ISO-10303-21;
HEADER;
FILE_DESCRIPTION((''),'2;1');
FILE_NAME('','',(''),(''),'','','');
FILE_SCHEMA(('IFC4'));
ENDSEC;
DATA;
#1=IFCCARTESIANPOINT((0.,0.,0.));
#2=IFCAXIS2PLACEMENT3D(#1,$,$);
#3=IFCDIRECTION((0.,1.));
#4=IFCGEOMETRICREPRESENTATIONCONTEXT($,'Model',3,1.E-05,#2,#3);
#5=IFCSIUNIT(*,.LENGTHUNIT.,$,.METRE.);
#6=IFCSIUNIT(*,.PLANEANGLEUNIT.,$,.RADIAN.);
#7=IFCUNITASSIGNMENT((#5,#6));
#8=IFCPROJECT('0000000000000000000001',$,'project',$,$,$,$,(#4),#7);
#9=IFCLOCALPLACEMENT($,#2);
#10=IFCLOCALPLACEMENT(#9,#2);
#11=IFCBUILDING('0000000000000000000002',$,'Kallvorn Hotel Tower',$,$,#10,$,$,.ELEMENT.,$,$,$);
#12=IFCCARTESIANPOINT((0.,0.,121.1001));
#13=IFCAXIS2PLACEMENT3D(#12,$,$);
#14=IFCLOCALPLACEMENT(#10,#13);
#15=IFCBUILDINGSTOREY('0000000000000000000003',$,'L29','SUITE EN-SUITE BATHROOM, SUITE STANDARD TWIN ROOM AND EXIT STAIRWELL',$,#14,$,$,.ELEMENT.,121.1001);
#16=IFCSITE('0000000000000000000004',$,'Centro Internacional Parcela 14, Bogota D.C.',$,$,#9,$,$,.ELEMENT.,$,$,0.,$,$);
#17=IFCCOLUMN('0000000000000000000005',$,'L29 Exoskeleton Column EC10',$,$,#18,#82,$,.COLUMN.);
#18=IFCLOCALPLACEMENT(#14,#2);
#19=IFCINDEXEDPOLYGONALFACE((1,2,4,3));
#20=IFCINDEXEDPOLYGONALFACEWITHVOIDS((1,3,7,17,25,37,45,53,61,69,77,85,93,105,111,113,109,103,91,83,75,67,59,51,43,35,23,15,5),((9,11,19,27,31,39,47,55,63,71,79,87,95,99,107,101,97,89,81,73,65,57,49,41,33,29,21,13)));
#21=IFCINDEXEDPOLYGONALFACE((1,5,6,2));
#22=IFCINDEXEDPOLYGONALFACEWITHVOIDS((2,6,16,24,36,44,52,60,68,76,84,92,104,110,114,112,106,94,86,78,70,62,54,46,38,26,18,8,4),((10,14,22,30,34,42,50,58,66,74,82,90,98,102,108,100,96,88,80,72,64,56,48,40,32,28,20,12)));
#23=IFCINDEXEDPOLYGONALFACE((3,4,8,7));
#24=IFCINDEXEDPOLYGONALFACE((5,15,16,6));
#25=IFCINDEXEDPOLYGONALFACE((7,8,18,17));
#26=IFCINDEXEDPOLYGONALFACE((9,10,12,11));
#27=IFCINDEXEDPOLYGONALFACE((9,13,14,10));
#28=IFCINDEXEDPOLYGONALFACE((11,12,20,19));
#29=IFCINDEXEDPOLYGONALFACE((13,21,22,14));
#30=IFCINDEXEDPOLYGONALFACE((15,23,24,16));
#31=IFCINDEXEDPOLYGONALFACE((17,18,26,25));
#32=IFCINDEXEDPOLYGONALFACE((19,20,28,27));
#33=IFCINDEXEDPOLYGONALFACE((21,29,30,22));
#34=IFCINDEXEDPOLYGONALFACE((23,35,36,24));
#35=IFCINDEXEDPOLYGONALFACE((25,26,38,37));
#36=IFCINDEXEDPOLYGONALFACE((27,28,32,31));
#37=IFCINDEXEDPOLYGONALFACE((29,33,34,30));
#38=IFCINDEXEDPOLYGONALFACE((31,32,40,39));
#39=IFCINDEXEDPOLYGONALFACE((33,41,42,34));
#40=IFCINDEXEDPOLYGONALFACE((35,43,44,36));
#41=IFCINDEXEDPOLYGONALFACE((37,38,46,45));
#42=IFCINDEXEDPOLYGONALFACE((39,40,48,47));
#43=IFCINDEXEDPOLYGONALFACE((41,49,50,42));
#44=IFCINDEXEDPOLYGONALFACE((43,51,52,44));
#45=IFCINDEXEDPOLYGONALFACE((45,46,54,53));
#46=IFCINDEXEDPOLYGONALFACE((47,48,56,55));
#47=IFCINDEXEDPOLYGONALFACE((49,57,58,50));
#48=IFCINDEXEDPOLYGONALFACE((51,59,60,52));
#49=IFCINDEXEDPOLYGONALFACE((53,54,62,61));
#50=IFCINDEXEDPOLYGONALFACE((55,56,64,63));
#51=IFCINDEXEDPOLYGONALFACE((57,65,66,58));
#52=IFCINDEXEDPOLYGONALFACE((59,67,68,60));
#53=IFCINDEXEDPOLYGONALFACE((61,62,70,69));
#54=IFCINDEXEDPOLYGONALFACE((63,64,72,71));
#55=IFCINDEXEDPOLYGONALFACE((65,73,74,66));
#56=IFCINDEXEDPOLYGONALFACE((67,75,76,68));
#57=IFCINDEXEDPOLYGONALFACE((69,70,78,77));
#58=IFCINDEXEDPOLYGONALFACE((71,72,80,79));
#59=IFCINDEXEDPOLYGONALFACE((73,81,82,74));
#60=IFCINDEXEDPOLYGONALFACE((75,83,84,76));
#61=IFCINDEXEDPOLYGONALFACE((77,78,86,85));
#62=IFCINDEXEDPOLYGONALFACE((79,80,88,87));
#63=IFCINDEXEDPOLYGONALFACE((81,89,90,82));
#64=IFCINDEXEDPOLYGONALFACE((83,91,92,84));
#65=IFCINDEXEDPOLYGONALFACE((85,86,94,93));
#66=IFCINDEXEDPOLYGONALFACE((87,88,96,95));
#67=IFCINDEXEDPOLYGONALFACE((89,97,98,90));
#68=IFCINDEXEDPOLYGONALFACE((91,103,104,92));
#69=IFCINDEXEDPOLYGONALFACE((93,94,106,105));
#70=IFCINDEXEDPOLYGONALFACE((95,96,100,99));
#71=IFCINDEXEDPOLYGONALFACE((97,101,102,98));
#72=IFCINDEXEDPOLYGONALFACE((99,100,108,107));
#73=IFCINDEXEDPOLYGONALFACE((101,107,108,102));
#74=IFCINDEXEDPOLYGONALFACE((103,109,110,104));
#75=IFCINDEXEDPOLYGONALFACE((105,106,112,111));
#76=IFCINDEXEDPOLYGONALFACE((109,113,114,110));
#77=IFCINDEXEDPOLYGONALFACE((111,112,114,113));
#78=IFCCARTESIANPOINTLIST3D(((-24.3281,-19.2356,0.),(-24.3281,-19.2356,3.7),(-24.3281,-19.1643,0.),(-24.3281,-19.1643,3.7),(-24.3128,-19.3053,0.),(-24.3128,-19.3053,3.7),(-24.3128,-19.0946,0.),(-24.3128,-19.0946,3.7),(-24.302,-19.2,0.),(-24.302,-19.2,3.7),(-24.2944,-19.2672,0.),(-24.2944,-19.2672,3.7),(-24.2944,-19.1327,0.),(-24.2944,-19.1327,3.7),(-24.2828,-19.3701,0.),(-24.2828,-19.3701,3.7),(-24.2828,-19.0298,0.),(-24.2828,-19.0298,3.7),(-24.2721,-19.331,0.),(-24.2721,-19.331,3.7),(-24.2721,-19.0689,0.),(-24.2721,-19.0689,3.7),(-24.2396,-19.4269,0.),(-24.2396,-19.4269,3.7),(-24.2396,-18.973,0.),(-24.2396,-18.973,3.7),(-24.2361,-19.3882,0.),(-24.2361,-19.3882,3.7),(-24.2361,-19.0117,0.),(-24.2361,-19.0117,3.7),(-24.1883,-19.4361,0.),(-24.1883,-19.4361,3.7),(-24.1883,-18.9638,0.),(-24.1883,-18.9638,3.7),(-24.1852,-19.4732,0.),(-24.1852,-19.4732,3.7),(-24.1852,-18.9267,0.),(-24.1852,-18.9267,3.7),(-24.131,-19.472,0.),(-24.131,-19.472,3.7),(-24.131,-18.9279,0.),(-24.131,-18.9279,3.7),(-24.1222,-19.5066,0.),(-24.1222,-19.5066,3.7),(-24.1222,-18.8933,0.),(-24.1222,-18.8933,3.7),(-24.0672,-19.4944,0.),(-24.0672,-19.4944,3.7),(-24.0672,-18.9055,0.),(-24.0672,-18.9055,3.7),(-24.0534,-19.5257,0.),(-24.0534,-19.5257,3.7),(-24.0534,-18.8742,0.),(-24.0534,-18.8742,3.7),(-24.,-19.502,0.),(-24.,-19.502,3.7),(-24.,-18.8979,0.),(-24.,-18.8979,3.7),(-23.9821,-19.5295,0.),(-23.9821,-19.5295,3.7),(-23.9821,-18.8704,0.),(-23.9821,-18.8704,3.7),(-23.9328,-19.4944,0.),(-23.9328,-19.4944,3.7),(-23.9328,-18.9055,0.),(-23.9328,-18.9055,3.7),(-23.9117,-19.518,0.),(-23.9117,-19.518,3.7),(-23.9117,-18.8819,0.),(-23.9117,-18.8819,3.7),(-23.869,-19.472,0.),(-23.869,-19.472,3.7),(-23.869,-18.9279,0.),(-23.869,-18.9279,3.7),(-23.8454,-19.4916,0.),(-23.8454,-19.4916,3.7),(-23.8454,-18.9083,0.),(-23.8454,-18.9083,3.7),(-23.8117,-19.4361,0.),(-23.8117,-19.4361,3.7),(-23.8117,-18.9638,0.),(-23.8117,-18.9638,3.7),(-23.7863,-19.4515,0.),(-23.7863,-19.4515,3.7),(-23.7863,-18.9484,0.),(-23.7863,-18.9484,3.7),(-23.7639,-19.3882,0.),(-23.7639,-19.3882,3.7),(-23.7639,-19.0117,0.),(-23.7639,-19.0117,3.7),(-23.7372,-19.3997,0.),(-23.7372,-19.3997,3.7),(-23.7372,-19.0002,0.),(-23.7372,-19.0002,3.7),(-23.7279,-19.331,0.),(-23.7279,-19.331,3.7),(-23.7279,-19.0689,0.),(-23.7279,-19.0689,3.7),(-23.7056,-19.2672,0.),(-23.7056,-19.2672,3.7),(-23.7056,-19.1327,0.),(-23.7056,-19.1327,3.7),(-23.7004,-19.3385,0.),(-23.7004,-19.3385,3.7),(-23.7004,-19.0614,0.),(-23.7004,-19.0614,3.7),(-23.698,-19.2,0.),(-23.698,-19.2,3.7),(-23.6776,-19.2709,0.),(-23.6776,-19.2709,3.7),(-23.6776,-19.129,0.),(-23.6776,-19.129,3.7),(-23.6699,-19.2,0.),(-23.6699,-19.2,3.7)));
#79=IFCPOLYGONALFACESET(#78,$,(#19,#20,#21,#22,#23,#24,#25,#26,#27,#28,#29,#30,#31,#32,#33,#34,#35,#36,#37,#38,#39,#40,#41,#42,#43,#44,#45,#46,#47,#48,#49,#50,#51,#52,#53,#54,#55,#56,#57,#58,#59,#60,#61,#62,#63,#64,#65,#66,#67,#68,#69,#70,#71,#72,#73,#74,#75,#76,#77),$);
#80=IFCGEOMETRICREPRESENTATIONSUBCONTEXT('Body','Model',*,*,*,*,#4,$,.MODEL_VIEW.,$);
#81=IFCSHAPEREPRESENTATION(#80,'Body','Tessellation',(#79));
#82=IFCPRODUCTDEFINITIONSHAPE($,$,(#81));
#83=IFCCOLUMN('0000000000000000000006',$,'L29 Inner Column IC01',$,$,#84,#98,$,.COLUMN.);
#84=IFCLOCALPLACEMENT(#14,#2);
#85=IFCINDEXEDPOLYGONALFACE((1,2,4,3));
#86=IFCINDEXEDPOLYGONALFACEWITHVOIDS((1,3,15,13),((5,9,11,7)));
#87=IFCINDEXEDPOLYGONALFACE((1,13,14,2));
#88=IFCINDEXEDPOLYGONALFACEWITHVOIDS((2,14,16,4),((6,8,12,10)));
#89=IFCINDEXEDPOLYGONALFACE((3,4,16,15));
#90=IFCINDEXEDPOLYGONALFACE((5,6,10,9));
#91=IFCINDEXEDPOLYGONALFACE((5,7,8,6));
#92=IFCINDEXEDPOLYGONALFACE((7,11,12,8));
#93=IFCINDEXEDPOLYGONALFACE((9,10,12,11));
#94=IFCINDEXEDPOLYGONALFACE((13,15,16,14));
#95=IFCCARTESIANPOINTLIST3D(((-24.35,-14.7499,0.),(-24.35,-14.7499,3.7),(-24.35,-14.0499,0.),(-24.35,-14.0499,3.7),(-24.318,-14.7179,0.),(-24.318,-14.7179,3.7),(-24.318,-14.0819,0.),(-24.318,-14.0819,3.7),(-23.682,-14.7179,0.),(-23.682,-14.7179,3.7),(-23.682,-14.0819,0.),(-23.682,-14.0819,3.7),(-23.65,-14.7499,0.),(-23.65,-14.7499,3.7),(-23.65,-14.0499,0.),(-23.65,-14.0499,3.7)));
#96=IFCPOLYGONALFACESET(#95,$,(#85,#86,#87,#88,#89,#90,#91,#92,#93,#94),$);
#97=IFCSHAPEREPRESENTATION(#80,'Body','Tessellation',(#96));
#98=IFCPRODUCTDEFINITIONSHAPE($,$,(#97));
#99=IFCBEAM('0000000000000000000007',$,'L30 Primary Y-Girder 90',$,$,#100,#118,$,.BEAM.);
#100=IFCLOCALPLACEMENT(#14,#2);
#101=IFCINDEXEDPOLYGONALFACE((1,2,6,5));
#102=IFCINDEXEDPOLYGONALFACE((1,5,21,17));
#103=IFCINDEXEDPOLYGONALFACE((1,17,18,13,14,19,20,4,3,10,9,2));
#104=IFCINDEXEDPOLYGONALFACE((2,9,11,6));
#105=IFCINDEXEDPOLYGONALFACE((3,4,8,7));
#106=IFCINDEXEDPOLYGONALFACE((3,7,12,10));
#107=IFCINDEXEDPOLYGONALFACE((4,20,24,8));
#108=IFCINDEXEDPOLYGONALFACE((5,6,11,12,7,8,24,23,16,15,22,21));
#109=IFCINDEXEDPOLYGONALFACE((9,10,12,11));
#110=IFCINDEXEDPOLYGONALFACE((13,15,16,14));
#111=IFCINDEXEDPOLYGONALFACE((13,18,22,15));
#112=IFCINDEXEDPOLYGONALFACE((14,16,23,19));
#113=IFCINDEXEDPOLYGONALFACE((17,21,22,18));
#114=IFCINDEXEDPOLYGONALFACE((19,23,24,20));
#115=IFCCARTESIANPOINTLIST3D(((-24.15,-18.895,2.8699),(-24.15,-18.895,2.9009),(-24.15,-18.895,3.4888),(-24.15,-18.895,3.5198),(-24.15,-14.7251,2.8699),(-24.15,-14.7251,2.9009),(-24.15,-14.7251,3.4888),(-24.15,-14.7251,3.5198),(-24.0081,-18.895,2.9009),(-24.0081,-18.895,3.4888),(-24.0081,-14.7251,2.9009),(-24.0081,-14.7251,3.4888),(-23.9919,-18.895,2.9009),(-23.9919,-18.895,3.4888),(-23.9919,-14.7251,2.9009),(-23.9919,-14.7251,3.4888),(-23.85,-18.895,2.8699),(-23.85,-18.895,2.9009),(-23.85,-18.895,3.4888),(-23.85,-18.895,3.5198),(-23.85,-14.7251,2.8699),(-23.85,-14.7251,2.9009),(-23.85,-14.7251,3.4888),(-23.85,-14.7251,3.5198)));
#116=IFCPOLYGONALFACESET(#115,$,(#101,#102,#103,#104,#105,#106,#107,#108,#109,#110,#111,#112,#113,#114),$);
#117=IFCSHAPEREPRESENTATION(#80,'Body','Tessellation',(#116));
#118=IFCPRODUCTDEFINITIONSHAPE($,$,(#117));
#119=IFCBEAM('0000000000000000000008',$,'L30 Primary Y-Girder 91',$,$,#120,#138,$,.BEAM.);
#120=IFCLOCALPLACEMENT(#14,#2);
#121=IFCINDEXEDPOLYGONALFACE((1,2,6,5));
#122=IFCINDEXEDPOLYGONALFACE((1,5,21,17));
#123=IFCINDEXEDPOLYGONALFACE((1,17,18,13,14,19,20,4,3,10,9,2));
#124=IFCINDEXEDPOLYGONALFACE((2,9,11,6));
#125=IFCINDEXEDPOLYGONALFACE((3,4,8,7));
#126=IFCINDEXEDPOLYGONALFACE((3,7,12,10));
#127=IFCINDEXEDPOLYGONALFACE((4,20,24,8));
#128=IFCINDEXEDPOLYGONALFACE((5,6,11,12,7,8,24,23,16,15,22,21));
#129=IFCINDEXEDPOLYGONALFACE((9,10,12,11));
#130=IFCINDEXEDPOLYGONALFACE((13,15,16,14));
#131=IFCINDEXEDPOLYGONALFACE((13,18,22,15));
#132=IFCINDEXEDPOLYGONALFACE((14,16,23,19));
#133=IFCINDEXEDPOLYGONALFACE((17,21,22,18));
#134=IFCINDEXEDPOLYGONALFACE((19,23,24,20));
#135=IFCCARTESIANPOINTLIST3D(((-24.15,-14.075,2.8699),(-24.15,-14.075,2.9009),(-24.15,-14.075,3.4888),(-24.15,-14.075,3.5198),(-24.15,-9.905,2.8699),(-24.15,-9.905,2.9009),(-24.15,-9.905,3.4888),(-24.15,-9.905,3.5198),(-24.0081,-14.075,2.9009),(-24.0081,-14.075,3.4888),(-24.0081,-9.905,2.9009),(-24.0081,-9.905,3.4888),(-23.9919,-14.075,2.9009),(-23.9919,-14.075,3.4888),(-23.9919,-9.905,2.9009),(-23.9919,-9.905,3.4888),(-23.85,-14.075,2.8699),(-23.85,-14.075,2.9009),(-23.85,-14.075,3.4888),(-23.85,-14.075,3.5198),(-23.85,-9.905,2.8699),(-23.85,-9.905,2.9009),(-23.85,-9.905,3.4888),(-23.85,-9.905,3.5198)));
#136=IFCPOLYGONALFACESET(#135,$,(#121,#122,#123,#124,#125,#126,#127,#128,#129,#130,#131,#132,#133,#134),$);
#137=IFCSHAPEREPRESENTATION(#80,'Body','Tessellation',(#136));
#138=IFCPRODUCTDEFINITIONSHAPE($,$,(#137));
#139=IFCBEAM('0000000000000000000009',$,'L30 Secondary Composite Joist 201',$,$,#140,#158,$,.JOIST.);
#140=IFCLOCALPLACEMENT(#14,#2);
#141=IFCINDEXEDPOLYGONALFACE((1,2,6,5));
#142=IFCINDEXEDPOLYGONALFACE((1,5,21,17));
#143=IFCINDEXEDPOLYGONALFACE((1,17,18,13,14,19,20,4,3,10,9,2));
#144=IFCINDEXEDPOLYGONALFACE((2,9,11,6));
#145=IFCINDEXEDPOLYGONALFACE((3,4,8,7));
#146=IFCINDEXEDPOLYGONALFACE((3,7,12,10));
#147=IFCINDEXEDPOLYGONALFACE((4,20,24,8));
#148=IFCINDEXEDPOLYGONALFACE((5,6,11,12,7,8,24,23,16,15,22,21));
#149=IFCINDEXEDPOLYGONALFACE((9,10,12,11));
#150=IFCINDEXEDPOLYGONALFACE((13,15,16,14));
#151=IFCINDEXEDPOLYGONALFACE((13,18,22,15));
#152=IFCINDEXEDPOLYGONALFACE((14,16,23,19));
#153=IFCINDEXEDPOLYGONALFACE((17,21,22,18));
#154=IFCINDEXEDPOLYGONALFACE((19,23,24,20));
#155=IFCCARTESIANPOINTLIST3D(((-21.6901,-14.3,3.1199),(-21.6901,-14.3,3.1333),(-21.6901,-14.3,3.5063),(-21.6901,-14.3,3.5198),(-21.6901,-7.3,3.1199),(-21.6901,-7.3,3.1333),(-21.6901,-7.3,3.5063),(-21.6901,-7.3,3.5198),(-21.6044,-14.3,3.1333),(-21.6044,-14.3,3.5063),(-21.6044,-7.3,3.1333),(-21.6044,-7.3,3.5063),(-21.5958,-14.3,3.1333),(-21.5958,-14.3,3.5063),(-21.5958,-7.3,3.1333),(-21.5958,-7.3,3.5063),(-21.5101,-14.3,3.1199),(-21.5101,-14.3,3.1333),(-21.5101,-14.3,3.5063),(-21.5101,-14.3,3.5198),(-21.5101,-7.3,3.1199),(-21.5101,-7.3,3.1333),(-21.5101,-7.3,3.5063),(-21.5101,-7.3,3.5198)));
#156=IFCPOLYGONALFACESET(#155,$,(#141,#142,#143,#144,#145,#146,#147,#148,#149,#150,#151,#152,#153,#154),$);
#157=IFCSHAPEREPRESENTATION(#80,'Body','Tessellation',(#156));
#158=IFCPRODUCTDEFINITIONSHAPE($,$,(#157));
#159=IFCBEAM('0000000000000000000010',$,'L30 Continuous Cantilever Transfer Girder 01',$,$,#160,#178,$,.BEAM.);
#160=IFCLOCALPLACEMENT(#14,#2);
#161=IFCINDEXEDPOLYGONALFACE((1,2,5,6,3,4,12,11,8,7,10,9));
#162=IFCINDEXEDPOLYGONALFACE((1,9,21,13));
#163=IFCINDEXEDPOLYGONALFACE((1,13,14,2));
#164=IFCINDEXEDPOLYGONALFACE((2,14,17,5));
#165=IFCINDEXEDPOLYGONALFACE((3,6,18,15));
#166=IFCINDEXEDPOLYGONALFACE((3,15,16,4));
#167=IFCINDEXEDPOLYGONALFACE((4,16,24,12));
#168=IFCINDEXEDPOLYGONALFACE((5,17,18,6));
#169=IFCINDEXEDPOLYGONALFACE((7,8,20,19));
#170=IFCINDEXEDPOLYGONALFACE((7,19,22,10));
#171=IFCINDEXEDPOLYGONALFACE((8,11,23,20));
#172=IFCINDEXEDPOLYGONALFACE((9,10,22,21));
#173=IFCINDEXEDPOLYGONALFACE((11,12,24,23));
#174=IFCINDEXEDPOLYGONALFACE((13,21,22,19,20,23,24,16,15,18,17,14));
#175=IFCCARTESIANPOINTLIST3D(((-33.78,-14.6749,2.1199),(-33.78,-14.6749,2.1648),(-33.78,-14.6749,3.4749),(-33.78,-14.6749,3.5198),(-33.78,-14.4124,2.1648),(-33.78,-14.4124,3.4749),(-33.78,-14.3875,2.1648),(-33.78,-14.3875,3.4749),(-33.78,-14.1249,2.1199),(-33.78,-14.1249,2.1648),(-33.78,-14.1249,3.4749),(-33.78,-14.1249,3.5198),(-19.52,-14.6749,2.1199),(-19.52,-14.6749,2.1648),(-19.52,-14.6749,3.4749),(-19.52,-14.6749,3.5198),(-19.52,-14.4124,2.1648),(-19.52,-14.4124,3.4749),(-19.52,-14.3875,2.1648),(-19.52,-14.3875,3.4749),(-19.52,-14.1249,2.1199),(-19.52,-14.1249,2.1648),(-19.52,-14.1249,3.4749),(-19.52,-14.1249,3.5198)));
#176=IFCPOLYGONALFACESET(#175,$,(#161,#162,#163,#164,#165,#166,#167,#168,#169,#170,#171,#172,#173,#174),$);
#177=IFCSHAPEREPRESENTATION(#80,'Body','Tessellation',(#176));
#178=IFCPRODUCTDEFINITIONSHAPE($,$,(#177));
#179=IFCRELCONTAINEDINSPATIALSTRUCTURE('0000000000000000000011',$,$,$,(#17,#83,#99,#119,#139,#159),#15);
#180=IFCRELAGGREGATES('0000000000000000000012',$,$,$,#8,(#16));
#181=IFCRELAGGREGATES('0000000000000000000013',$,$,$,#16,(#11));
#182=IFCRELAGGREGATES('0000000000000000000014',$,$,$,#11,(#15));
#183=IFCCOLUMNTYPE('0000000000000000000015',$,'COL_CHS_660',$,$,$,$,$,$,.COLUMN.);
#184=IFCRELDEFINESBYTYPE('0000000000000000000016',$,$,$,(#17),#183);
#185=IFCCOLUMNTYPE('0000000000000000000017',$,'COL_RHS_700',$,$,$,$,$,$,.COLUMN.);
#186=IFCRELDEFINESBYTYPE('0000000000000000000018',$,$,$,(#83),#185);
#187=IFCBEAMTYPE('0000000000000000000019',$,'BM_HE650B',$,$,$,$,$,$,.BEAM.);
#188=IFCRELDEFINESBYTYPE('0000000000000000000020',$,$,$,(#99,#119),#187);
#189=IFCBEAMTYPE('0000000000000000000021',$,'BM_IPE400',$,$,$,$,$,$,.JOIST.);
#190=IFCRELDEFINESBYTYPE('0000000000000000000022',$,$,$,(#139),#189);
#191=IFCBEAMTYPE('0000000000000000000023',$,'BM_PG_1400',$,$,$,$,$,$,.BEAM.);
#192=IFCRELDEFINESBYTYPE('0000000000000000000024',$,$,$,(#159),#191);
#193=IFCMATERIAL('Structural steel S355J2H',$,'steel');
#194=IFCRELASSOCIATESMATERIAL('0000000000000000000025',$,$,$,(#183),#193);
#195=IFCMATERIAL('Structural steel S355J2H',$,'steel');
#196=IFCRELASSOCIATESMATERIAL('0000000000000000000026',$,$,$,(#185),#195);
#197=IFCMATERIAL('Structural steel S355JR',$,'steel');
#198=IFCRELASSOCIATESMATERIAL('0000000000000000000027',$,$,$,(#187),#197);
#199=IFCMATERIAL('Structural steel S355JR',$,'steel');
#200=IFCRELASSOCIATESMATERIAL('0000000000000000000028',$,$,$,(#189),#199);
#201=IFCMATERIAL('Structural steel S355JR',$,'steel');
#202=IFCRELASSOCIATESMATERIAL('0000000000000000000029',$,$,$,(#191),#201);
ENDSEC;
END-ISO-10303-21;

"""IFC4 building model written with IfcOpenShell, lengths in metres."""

from ifc_helpers import new_model, si_unit, direction, frame, origin, origin_2d, place, context, subcontext, project, spatial, hollow_rectangle, hollow_circle, i_section, extrude, material, material_profile, profile_set, type_object, element, save


model = new_model("IFC4")

# Units and contexts
model_context = context("Model", 3, precision=1e-05, world=origin(), true_north=direction((0.0, 1.0)))
body_context = subcontext(model_context, "Body", "Model", "MODEL_VIEW")
ifc_project = project(units=[si_unit("LENGTHUNIT", "METRE"), si_unit("PLANEANGLEUNIT", "RADIAN")], contexts=[model_context])

# Site, building, storey
site_placement = place(None, origin())
site = spatial("IfcSite", under=ifc_project, at=site_placement, Name="Centro Internacional Parcela 14, Bogota D.C.", CompositionType="ELEMENT", RefElevation=0.0)
building_placement = place(site_placement, origin())
building = spatial("IfcBuilding", under=site, at=building_placement, Name="Kallvorn Hotel Tower", CompositionType="ELEMENT")
storey_placement = place(building_placement, frame((0.0, 0.0, 121.1001)))
storey = spatial("IfcBuildingStorey", under=building, at=storey_placement, Name="L29", Description="SUITE EN-SUITE BATHROOM, SUITE STANDARD TWIN ROOM AND EXIT STAIRWELL", CompositionType="ELEMENT", Elevation=121.1001)

# Columns
ifc_material_1 = material(Name="Structural steel S355J2H", Category="steel")
ifc_material_profile_1 = material_profile(ifc_material_1, hollow_circle(Radius=0.3301, WallThickness=0.0281, at=origin_2d()), Name="CHS 660x28")
ifc_profile_set_1 = profile_set([ifc_material_profile_1], Name="Structural steel S355J2H")
column_type_1 = type_object("IfcColumnType", Name="COL_CHS_660", PredefinedType="COLUMN", material=ifc_profile_set_1)
column_1_placement = place(storey_placement, frame((-24.0, -19.2, 0.0), z_axis=(0.0, 0.0, 1.0), x_axis=(1.0, 0.0, 0.0)))
element("IfcColumn", 1, at=column_1_placement, inside=storey, type_object=column_type_1, Name="L29 Exoskeleton Column EC10", PredefinedType="COLUMN", context=body_context, shape_type="SweptSolid", body=[
    extrude(hollow_circle(Radius=0.3301, WallThickness=0.0281, at=origin_2d()), origin(), (0.0, 0.0, 1.0), 3.7),
])
ifc_material_2 = material(Name="Structural steel S355J2H", Category="steel")
ifc_material_profile_2 = material_profile(ifc_material_2, hollow_rectangle(XDim=0.7, YDim=0.7, WallThickness=0.032, at=origin_2d()), Name="RHS 700x700x32")
ifc_profile_set_2 = profile_set([ifc_material_profile_2], Name="Structural steel S355J2H")
column_type_2 = type_object("IfcColumnType", Name="COL_RHS_700", PredefinedType="COLUMN", material=ifc_profile_set_2)
column_2_placement = place(storey_placement, frame((-24.0, -14.3999, 0.0), z_axis=(0.0, 0.0, 1.0), x_axis=(1.0, 0.0, 0.0)))
element("IfcColumn", 2, at=column_2_placement, inside=storey, type_object=column_type_2, Name="L29 Inner Column IC01", PredefinedType="COLUMN", context=body_context, shape_type="SweptSolid", body=[
    extrude(hollow_rectangle(XDim=0.7, YDim=0.7, WallThickness=0.032, at=origin_2d()), origin(), (0.0, 0.0, 1.0), 3.7),
])

# Beams
ifc_material_3 = material(Name="Structural steel S355JR", Category="steel")
ifc_material_profile_3 = material_profile(ifc_material_3, i_section(OverallWidth=0.3, OverallDepth=0.6499, WebThickness=0.0161, FlangeThickness=0.031, at=origin_2d()), Name="HE 650 B")
ifc_profile_set_3 = profile_set([ifc_material_profile_3], Name="Structural steel S355JR")
beam_type_1 = type_object("IfcBeamType", Name="BM_HE650B", PredefinedType="BEAM", material=ifc_profile_set_3)
for number, where, z_axis, x_axis, name in (
    (3, (-24.0, -18.895, 3.1948), (0.0, 1.0, 0.0), (-1.0, 0.0, 0.0), "L30 Primary Y-Girder 90"),
    (4, (-24.0, -14.075, 3.1948), (0.0, 1.0, 0.0), (-1.0, 0.0, 0.0), "L30 Primary Y-Girder 91"),
):
    element("IfcBeam", number, at=place(storey_placement, frame(where, z_axis=z_axis, x_axis=x_axis)), inside=storey, type_object=beam_type_1, Name=name, PredefinedType="BEAM", context=body_context, shape_type="SweptSolid", body=[
        extrude(i_section(OverallWidth=0.3, OverallDepth=0.6499, WebThickness=0.0161, FlangeThickness=0.031, at=origin_2d()), origin(), (0.0, 0.0, 1.0), 4.1699),
    ])
ifc_material_4 = material(Name="Structural steel S355JR", Category="steel")
ifc_material_profile_4 = material_profile(ifc_material_4, i_section(OverallWidth=0.1799, OverallDepth=0.3999, WebThickness=0.0085, FlangeThickness=0.0134, at=origin_2d()), Name="IPE 400")
ifc_profile_set_4 = profile_set([ifc_material_profile_4], Name="Structural steel S355JR")
beam_type_2 = type_object("IfcBeamType", Name="BM_IPE400", PredefinedType="JOIST", material=ifc_profile_set_4)
beam_1_placement = place(storey_placement, frame((-21.6001, -14.3, 3.3198), z_axis=(0.0, 1.0, 0.0), x_axis=(-1.0, 0.0, 0.0)))
element("IfcBeam", 5, at=beam_1_placement, inside=storey, type_object=beam_type_2, Name="L30 Secondary Composite Joist 201", PredefinedType="JOIST", context=body_context, shape_type="SweptSolid", body=[
    extrude(i_section(OverallWidth=0.1799, OverallDepth=0.3999, WebThickness=0.0085, FlangeThickness=0.0134, at=origin_2d()), origin(), (0.0, 0.0, 1.0), 7.0),
])
ifc_material_5 = material(Name="Structural steel S355JR", Category="steel")
ifc_material_profile_5 = material_profile(ifc_material_5, i_section(OverallWidth=0.55, OverallDepth=1.3999, WebThickness=0.0249, FlangeThickness=0.0449, at=origin_2d()), Name="PG 1400x550x25x45")
ifc_profile_set_5 = profile_set([ifc_material_profile_5], Name="Structural steel S355JR")
beam_type_3 = type_object("IfcBeamType", Name="BM_PG_1400", PredefinedType="BEAM", material=ifc_profile_set_5)
beam_2_placement = place(storey_placement, frame((-19.52, -14.3999, 2.8198), z_axis=(-1.0, 0.0, 0.0), x_axis=(0.0, -1.0, 0.0)))
element("IfcBeam", 6, at=beam_2_placement, inside=storey, type_object=beam_type_3, Name="L30 Continuous Cantilever Transfer Girder 01", PredefinedType="BEAM", context=body_context, shape_type="SweptSolid", body=[
    extrude(i_section(OverallWidth=0.55, OverallDepth=1.3999, WebThickness=0.0249, FlangeThickness=0.0449, at=origin_2d()), origin(), (0.0, 0.0, 1.0), 14.26),
])

save(model, "model.ifc")
